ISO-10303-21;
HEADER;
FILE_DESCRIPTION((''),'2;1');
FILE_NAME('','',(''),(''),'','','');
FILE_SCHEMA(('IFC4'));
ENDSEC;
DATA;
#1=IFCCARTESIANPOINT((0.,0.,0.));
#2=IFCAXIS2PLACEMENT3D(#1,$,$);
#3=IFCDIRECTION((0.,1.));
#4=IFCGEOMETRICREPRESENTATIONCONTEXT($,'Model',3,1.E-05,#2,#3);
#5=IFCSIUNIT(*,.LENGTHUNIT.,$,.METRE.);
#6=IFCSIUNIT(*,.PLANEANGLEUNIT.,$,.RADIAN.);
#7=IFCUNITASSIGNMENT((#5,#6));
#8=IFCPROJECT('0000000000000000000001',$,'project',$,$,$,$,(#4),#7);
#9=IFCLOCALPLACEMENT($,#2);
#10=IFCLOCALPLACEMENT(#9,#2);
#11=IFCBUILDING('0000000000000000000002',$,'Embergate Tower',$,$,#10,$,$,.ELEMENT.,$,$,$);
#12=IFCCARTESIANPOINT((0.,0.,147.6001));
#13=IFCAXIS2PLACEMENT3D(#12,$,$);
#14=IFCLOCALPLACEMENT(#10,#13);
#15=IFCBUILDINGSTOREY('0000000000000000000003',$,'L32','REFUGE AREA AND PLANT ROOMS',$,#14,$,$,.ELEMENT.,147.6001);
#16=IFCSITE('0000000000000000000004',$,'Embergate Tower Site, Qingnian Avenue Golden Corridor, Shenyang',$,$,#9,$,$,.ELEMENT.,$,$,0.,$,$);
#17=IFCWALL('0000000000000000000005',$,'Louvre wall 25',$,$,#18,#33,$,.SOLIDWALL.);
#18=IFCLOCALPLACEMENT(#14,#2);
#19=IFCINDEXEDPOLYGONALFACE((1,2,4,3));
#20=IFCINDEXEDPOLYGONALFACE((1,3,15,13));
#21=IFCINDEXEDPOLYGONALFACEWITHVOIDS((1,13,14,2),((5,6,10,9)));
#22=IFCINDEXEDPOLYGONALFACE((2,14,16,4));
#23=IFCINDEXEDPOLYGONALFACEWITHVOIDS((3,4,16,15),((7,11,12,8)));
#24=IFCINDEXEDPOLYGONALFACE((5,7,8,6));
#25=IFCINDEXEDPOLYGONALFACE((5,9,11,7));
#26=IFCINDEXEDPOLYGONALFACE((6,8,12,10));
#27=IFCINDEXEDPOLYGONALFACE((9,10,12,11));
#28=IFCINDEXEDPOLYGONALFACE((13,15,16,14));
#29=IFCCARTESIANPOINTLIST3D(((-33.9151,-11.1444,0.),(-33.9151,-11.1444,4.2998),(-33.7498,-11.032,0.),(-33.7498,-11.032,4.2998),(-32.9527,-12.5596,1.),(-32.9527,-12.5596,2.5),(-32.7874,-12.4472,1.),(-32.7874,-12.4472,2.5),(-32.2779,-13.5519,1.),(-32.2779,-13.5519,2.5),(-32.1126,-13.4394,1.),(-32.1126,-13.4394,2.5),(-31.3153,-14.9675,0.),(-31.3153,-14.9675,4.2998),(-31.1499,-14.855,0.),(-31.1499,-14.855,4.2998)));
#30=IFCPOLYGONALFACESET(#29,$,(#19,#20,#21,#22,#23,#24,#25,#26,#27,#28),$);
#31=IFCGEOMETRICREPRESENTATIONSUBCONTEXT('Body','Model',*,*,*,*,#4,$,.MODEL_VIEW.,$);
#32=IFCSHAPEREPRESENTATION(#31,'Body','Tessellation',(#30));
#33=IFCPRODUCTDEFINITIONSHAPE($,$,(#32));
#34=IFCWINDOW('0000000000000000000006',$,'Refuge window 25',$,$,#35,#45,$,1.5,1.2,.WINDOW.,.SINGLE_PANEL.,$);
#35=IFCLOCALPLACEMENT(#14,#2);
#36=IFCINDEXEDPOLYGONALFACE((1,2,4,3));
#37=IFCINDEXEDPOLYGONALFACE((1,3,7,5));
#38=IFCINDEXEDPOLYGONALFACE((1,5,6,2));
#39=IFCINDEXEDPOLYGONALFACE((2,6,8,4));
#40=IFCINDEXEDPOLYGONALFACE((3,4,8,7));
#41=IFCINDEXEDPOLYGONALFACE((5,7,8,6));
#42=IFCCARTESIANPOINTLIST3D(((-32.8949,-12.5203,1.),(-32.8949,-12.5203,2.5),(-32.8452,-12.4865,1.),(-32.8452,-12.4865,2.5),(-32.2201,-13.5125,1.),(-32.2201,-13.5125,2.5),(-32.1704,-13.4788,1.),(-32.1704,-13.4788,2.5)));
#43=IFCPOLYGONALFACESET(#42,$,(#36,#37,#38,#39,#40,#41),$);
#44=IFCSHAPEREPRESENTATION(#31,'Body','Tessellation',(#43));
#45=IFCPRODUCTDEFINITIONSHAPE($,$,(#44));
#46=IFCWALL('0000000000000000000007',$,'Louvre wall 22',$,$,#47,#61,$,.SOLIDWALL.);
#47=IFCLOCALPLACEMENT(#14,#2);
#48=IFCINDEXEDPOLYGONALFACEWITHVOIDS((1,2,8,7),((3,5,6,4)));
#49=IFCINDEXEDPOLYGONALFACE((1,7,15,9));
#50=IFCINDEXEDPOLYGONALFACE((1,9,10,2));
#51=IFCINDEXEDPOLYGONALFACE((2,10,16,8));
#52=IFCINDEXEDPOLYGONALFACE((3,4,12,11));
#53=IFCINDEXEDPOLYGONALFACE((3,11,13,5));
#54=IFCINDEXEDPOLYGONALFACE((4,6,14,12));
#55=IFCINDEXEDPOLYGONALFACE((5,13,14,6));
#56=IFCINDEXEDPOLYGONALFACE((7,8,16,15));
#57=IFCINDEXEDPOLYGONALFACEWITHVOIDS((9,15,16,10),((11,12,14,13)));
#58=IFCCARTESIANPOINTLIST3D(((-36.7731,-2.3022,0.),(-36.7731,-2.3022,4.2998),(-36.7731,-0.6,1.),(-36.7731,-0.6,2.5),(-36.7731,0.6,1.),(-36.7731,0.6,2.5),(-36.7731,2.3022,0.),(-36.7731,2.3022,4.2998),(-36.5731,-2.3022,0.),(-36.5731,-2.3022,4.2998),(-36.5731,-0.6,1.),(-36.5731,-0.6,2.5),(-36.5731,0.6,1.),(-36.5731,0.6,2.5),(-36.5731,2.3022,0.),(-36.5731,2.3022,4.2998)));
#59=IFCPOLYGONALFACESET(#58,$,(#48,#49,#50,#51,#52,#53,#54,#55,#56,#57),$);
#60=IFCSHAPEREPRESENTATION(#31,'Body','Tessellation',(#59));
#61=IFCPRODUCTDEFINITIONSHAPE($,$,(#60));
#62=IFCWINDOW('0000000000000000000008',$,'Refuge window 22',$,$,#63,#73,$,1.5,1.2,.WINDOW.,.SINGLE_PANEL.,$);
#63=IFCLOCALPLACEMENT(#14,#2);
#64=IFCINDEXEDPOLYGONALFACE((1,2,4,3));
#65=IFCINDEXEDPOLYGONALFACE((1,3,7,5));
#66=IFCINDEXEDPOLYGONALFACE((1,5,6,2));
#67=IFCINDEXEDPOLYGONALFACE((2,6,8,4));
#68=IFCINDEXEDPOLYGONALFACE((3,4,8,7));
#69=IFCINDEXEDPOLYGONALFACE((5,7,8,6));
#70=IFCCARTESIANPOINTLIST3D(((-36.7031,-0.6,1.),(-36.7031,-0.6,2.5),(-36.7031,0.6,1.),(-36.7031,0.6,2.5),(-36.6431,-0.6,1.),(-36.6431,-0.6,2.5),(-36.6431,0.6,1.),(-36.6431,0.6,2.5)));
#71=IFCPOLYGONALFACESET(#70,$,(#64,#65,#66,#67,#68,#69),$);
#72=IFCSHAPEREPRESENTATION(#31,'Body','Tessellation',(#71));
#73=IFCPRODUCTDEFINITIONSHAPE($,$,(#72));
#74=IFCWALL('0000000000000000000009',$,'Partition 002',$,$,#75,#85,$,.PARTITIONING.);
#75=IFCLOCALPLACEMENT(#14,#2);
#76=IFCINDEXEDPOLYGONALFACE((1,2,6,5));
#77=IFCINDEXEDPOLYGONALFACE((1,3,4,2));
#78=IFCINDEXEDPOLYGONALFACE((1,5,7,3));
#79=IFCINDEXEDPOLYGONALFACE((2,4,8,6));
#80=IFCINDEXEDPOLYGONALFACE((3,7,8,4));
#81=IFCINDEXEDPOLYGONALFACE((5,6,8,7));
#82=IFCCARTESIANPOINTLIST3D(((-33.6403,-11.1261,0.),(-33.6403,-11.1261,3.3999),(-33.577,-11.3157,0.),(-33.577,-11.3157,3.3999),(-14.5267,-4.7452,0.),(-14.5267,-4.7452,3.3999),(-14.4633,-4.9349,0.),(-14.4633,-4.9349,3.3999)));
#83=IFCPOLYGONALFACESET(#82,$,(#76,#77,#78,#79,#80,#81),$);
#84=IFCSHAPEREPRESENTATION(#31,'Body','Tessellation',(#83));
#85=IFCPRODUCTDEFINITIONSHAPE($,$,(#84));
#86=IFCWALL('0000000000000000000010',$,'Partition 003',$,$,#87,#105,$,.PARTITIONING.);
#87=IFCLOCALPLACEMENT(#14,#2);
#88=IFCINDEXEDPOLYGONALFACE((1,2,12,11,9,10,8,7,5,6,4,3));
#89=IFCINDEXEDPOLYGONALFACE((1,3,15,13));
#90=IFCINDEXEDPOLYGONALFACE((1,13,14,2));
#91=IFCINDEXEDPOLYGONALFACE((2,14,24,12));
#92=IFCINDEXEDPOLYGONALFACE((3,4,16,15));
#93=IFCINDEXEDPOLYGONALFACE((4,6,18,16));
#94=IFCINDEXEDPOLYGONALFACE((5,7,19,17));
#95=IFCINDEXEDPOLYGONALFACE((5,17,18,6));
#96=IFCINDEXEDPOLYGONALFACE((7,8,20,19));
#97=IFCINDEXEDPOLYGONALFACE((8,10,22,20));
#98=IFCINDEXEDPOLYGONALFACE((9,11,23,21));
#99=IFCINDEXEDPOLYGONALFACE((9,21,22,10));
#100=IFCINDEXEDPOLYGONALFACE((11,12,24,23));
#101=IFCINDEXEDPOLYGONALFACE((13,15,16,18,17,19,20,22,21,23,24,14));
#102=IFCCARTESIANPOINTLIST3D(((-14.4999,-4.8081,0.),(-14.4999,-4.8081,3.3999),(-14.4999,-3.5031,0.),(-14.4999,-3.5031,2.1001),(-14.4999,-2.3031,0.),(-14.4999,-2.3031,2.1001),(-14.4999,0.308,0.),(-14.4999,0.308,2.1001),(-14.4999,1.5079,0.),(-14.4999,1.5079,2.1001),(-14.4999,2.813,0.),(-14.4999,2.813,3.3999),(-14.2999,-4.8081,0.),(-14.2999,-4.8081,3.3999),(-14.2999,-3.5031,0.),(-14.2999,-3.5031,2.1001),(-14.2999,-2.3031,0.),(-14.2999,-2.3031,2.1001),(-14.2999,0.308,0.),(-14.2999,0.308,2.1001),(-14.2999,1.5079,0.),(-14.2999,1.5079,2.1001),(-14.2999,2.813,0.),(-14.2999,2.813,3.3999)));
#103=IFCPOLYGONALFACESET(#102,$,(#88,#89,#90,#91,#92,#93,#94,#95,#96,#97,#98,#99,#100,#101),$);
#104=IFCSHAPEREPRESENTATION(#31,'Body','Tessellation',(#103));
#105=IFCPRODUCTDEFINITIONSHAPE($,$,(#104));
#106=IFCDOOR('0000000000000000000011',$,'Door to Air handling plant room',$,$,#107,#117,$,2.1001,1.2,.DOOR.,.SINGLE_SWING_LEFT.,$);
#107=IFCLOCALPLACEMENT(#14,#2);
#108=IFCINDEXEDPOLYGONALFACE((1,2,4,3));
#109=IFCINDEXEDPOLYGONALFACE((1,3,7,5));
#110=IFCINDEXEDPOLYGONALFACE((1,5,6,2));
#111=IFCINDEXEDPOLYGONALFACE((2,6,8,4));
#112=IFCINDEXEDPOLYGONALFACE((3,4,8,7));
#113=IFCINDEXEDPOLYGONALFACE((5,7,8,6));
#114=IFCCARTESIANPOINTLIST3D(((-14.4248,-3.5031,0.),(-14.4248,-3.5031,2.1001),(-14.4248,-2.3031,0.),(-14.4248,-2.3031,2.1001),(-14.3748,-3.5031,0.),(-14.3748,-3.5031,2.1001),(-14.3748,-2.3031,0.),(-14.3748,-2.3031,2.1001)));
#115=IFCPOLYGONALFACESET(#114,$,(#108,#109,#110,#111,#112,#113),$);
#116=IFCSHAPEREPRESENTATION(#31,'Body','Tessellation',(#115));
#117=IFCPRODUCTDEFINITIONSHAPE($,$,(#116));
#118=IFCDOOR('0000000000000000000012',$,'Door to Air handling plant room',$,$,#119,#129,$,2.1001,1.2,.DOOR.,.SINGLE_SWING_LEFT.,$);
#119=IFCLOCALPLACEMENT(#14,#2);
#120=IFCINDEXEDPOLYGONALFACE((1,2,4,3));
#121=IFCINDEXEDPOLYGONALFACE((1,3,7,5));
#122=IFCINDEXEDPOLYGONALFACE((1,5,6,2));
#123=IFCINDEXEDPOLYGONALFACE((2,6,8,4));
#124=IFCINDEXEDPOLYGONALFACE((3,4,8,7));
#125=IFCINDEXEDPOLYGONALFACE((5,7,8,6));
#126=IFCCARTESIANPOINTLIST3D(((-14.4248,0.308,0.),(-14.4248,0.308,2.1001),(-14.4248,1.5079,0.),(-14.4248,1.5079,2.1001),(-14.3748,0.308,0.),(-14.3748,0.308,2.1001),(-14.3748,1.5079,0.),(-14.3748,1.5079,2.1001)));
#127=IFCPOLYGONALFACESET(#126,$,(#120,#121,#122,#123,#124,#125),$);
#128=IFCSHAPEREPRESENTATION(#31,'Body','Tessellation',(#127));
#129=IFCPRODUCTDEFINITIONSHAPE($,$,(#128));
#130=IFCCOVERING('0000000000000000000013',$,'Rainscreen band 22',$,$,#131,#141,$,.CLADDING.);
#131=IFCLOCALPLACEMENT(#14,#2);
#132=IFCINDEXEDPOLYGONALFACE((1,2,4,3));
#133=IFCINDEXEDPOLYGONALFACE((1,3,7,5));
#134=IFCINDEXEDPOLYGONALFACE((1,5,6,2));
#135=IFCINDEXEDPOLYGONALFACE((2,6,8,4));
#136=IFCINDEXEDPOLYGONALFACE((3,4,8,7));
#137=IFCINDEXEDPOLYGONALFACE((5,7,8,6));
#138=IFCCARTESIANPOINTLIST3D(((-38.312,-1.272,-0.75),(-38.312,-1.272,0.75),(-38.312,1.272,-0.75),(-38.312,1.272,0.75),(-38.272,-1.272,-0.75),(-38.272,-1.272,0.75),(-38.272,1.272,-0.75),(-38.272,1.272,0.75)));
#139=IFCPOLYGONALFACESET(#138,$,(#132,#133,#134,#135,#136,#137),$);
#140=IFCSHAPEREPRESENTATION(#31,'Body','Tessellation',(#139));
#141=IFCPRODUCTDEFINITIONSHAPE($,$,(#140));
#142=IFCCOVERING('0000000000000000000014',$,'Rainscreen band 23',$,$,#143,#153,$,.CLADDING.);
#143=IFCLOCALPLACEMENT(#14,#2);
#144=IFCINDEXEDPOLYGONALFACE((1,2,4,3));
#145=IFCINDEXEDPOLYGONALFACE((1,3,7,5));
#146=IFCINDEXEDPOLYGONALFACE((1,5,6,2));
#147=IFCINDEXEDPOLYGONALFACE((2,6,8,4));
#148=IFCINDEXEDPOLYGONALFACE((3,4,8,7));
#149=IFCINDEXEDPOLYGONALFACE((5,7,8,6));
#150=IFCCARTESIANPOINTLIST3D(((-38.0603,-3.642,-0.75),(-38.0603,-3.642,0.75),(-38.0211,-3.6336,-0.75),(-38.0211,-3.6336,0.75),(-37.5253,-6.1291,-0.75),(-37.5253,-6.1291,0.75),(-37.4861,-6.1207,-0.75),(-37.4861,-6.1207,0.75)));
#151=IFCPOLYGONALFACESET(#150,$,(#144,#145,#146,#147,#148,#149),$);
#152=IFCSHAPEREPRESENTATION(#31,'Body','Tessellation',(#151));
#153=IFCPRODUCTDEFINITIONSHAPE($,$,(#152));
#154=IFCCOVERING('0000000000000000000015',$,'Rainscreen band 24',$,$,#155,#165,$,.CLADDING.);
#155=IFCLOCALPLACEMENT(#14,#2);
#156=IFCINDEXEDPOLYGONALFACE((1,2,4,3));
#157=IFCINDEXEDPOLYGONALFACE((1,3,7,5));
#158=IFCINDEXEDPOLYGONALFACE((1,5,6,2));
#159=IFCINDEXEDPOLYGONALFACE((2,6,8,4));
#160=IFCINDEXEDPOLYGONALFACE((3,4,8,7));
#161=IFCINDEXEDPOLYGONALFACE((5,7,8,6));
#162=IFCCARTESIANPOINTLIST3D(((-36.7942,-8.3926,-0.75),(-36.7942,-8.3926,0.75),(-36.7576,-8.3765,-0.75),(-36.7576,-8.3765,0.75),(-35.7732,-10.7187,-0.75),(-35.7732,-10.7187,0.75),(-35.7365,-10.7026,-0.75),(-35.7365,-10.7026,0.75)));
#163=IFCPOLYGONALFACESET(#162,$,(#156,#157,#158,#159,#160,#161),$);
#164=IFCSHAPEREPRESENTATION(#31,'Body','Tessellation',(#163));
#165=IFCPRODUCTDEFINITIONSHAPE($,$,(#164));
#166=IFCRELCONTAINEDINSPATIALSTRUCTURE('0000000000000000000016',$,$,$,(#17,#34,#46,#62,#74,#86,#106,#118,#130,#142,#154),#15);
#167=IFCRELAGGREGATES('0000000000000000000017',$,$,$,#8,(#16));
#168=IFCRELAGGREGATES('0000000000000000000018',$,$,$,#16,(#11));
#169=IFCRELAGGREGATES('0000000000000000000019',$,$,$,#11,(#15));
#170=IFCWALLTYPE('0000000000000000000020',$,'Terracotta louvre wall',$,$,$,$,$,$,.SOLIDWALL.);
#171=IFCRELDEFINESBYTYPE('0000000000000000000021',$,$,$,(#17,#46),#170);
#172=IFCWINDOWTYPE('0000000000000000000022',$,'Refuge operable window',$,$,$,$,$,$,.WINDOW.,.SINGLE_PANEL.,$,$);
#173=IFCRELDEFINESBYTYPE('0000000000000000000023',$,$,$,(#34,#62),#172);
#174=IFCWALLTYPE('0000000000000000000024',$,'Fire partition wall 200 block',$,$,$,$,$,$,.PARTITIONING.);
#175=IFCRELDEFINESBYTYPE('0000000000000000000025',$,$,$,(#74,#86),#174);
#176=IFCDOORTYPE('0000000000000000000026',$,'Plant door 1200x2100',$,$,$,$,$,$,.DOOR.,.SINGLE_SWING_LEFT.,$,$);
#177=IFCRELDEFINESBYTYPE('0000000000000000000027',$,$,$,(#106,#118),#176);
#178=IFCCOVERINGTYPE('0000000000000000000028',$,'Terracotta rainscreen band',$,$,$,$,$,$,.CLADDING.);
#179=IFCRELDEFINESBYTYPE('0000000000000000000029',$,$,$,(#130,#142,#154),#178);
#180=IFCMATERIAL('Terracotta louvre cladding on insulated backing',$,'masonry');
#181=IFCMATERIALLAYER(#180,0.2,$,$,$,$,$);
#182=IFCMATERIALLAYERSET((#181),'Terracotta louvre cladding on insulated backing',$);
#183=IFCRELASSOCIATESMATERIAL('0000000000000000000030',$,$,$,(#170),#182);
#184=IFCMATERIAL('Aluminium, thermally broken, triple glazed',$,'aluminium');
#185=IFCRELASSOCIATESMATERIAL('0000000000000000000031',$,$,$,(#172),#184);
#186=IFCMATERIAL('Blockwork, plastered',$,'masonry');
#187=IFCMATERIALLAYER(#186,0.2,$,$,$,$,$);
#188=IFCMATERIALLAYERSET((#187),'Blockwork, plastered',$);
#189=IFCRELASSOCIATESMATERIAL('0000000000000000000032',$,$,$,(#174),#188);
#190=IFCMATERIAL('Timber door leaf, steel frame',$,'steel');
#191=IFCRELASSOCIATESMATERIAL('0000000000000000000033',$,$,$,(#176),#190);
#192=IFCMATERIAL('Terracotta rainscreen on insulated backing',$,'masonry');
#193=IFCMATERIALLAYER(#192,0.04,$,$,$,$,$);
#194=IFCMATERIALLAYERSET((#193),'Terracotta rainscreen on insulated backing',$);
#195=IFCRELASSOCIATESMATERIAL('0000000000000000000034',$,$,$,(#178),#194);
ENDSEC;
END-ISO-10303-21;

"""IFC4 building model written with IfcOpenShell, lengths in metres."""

from ifc_helpers import new_model, si_unit, direction, frame, frame_2d, origin, origin_2d, place, context, subcontext, project, spatial, rectangle, extrude, source, transform, mapped, material, layer, layer_set, type_object, element, fill, save


model = new_model("IFC4")

# Units and contexts
model_context = context("Model", 3, precision=1e-05, world=origin(), true_north=direction((0.0, 1.0)))
body_context = subcontext(model_context, "Body", "Model", "MODEL_VIEW")
ifc_project = project(units=[si_unit("LENGTHUNIT", "METRE"), si_unit("PLANEANGLEUNIT", "RADIAN")], contexts=[model_context])

# Site, building, storey
site_placement = place(None, origin())
site = spatial("IfcSite", under=ifc_project, at=site_placement, Name="Embergate Tower Site, Qingnian Avenue Golden Corridor, Shenyang", CompositionType="ELEMENT", RefElevation=0.0)
building_placement = place(site_placement, origin())
building = spatial("IfcBuilding", under=site, at=building_placement, Name="Embergate Tower", CompositionType="ELEMENT")
storey_placement = place(building_placement, frame((0.0, 0.0, 147.6001)))
storey = spatial("IfcBuildingStorey", under=building, at=storey_placement, Name="L32", Description="REFUGE AREA AND PLANT ROOMS", CompositionType="ELEMENT", Elevation=147.6001)

# Walls, openings, windows
ifc_material_1 = material(Name="Terracotta louvre cladding on insulated backing", Category="masonry")
ifc_layer_1 = layer(ifc_material_1, 0.2)
ifc_layer_set_1 = layer_set([ifc_layer_1], Name="Terracotta louvre cladding on insulated backing")
wall_type_1 = type_object("IfcWallType", Name="Terracotta louvre wall", PredefinedType="SOLIDWALL", material=ifc_layer_set_1)
shared_shape_1 = source(origin(), body_context, "Body", "SweptSolid", [
    extrude(rectangle(XDim=1.2, YDim=1.5, at=frame_2d((0.6001, 0.75))), frame((0.0, 0.1099, 0.0), z_axis=(0.0, -1.0, 0.0), x_axis=(1.0, 0.0, 0.0)), (0.0, 0.0, 1.0), 0.22),
])
ifc_material_2 = material(Name="Aluminium, thermally broken, triple glazed", Category="aluminium")
window_type = type_object("IfcWindowType", Name="Refuge operable window", PartitioningType="SINGLE_PANEL", PredefinedType="WINDOW", material=ifc_material_2)
shared_shape_2 = source(origin(), body_context, "Body", "SweptSolid", [
    extrude(rectangle(XDim=1.2, YDim=1.5, at=frame_2d((0.6001, 0.75))), frame((0.0, 0.03, 0.0), z_axis=(0.0, -1.0, 0.0), x_axis=(1.0, 0.0, 0.0)), (0.0, 0.0, 1.0), 0.0601),
])
shared_shape_3 = source(origin(), body_context, "Body", "SweptSolid", [
    extrude(rectangle(XDim=4.6233, YDim=0.2, at=frame_2d((2.3115, 0.0))), origin(), (0.0, 0.0, 1.0), 4.2998),
])
wall_1_placement = place(storey_placement, frame((-31.2327, -14.9111, 0.0), z_axis=(0.0, 0.0, 1.0), x_axis=(-0.562342, 0.826905, 0.0)))
wall_1 = element("IfcWall", 1, at=wall_1_placement, inside=storey, type_object=wall_type_1, Name="Louvre wall 25", PredefinedType="SOLIDWALL", context=body_context, shape_type="MappedRepresentation", body=[
    mapped(shared_shape_3, transform((0.0, 0.0, 0.0))),
])
opening_1_placement = place(wall_1_placement, frame((1.7117, 0.0, 1.0)))
opening_1 = element("IfcOpeningElement", 2, at=opening_1_placement, cuts=wall_1, PredefinedType="OPENING", context=body_context, shape_type="MappedRepresentation", body=[
    mapped(shared_shape_1, transform((0.0, 0.0, 0.0))),
])
window_1_placement = place(opening_1_placement, origin())
window_1 = element("IfcWindow", 3, at=window_1_placement, inside=storey, type_object=window_type, Name="Refuge window 25", OverallHeight=1.5, OverallWidth=1.2, PartitioningType="SINGLE_PANEL", PredefinedType="WINDOW", context=body_context, shape_type="MappedRepresentation", body=[
    mapped(shared_shape_2, transform((0.0, 0.0, 0.0))),
])
fill(opening_1, window_1)
shared_shape_4 = source(origin(), body_context, "Body", "SweptSolid", [
    extrude(rectangle(XDim=4.6045, YDim=0.2, at=frame_2d((2.3022, 0.0))), origin(), (0.0, 0.0, 1.0), 4.2998),
])
wall_2_placement = place(storey_placement, frame((-36.6731, -2.3022, 0.0), z_axis=(0.0, 0.0, 1.0), x_axis=(0.0, 1.0, 0.0)))
wall_2 = element("IfcWall", 4, at=wall_2_placement, inside=storey, type_object=wall_type_1, Name="Louvre wall 22", PredefinedType="SOLIDWALL", context=body_context, shape_type="MappedRepresentation", body=[
    mapped(shared_shape_4, transform((0.0, 0.0, 0.0))),
])
opening_2_placement = place(wall_2_placement, frame((1.7021, 0.0, 1.0)))
opening_2 = element("IfcOpeningElement", 5, at=opening_2_placement, cuts=wall_2, PredefinedType="OPENING", context=body_context, shape_type="MappedRepresentation", body=[
    mapped(shared_shape_1, transform((0.0, 0.0, 0.0))),
])
window_2_placement = place(opening_2_placement, origin())
window_2 = element("IfcWindow", 6, at=window_2_placement, inside=storey, type_object=window_type, Name="Refuge window 22", OverallHeight=1.5, OverallWidth=1.2, PartitioningType="SINGLE_PANEL", PredefinedType="WINDOW", context=body_context, shape_type="MappedRepresentation", body=[
    mapped(shared_shape_2, transform((0.0, 0.0, 0.0))),
])
fill(opening_2, window_2)

# Shared definitions
ifc_material_3 = material(Name="Blockwork, plastered", Category="masonry")
ifc_layer_2 = layer(ifc_material_3, 0.2)
ifc_layer_set_2 = layer_set([ifc_layer_2], Name="Blockwork, plastered")
wall_type_2 = type_object("IfcWallType", Name="Fire partition wall 200 block", PredefinedType="PARTITIONING", material=ifc_layer_set_2)
ifc_material_4 = material(Name="Timber door leaf, steel frame", Category="steel")

# Wall
shared_shape_5 = source(origin(), body_context, "Body", "SweptSolid", [
    extrude(rectangle(XDim=20.1506, YDim=0.2, at=frame_2d((10.0752, 0.0))), origin(), (0.0, 0.0, 1.0), 3.3999),
])
wall_3_placement = place(storey_placement, frame((-14.4951, -4.8401, 0.0), z_axis=(0.0, 0.0, 1.0), x_axis=(-0.94854, -0.316657, 0.0)))
element("IfcWall", 7, at=wall_3_placement, inside=storey, type_object=wall_type_2, Name="Partition 002", PredefinedType="PARTITIONING", context=body_context, shape_type="MappedRepresentation", body=[
    mapped(shared_shape_5, transform((0.0, 0.0, 0.0))),
])

# Wall, openings, doors
shared_shape_6 = source(origin(), body_context, "Body", "SweptSolid", [
    extrude(rectangle(XDim=7.6211, YDim=0.2, at=frame_2d((3.8105, 0.0))), origin(), (0.0, 0.0, 1.0), 3.3999),
])
wall_4_placement = place(storey_placement, frame((-14.3999, -4.8081, 0.0), z_axis=(0.0, 0.0, 1.0), x_axis=(0.0, 1.0, 0.0)))
wall_4 = element("IfcWall", 8, at=wall_4_placement, inside=storey, type_object=wall_type_2, Name="Partition 003", PredefinedType="PARTITIONING", context=body_context, shape_type="MappedRepresentation", body=[
    mapped(shared_shape_6, transform((0.0, 0.0, 0.0))),
])
shared_shape_7 = source(origin(), body_context, "Body", "SweptSolid", [
    extrude(rectangle(XDim=1.2, YDim=2.1001, at=frame_2d((0.6001, 1.05))), frame((0.0, 0.1099, 0.0), z_axis=(0.0, -1.0, 0.0), x_axis=(1.0, 0.0, 0.0)), (0.0, 0.0, 1.0), 0.22),
])
opening_3_placement = place(wall_4_placement, frame((1.3049, 0.0, 0.0)))
opening_3 = element("IfcOpeningElement", 9, at=opening_3_placement, cuts=wall_4, PredefinedType="OPENING", context=body_context, shape_type="MappedRepresentation", body=[
    mapped(shared_shape_7, transform((0.0, 0.0, 0.0))),
])
opening_4_placement = place(wall_4_placement, frame((5.116, 0.0, 0.0)))
opening_4 = element("IfcOpeningElement", 10, at=opening_4_placement, cuts=wall_4, PredefinedType="OPENING", context=body_context, shape_type="MappedRepresentation", body=[
    mapped(shared_shape_7, transform((0.0, 0.0, 0.0))),
])
door_type_1 = type_object("IfcDoorType", Name="Plant door 1200x2100", OperationType="SINGLE_SWING_LEFT", PredefinedType="DOOR", material=ifc_material_4)
shared_shape_8 = source(origin(), body_context, "Body", "SweptSolid", [
    extrude(rectangle(XDim=1.2, YDim=2.1001, at=frame_2d((0.6001, 1.05))), frame((0.0, 0.0249, 0.0), z_axis=(0.0, -1.0, 0.0), x_axis=(1.0, 0.0, 0.0)), (0.0, 0.0, 1.0), 0.05),
])
door_1_placement = place(opening_3_placement, origin())
door_1 = element("IfcDoor", 11, at=door_1_placement, inside=storey, type_object=door_type_1, Name="Door to Air handling plant room", OperationType="SINGLE_SWING_LEFT", OverallHeight=2.1001, OverallWidth=1.2, PredefinedType="DOOR", context=body_context, shape_type="MappedRepresentation", body=[
    mapped(shared_shape_8, transform((0.0, 0.0, 0.0))),
])
fill(opening_3, door_1)
door_2_placement = place(opening_4_placement, origin())
door_2 = element("IfcDoor", 12, at=door_2_placement, inside=storey, type_object=door_type_1, Name="Door to Air handling plant room", OperationType="SINGLE_SWING_LEFT", OverallHeight=2.1001, OverallWidth=1.2, PredefinedType="DOOR", context=body_context, shape_type="MappedRepresentation", body=[
    mapped(shared_shape_8, transform((0.0, 0.0, 0.0))),
])
fill(opening_4, door_2)

# Coverings
ifc_material_5 = material(Name="Terracotta rainscreen on insulated backing", Category="masonry")
ifc_layer_3 = layer(ifc_material_5, 0.04)
ifc_layer_set_3 = layer_set([ifc_layer_3], Name="Terracotta rainscreen on insulated backing")
covering_type = type_object("IfcCoveringType", Name="Terracotta rainscreen band", PredefinedType="CLADDING", material=ifc_layer_set_3)
shared_shape_9 = source(origin(), body_context, "Body", "SweptSolid", [
    extrude(rectangle(XDim=2.5439, YDim=0.04, at=origin_2d()), origin(), (0.0, 0.0, 1.0), 1.5),
])
for number, where, z_axis, x_axis, name in (
    (13, (-38.292, 0.0, -0.75), (0.0, 0.0, 1.0), (0.0, -1.0, 0.0), "Rainscreen band 22"),
    (14, (-37.7732, -4.8813, -0.75), (0.0, 0.0, 1.0), (0.210308, -0.977635, 0.0), "Rainscreen band 23"),
):
    element("IfcCovering", number, at=place(storey_placement, frame(where, z_axis=z_axis, x_axis=x_axis)), inside=storey, type_object=covering_type, Name=name, PredefinedType="CLADDING", context=body_context, shape_type="MappedRepresentation", body=[
        mapped(shared_shape_9, transform((0.0, 0.0, 0.0))),
    ])
shared_shape_10 = source(origin(), body_context, "Body", "SweptSolid", [
    extrude(rectangle(XDim=2.5403, YDim=0.04, at=origin_2d()), origin(), (0.0, 0.0, 1.0), 1.5),
])
covering_1_placement = place(storey_placement, frame((-36.2654, -9.5476, -0.75), z_axis=(0.0, 0.0, 1.0), x_axis=(0.401933, -0.915669, 0.0)))
element("IfcCovering", 15, at=covering_1_placement, inside=storey, type_object=covering_type, Name="Rainscreen band 24", PredefinedType="CLADDING", context=body_context, shape_type="MappedRepresentation", body=[
    mapped(shared_shape_10, transform((0.0, 0.0, 0.0))),
])

save(model, "model.ifc")
